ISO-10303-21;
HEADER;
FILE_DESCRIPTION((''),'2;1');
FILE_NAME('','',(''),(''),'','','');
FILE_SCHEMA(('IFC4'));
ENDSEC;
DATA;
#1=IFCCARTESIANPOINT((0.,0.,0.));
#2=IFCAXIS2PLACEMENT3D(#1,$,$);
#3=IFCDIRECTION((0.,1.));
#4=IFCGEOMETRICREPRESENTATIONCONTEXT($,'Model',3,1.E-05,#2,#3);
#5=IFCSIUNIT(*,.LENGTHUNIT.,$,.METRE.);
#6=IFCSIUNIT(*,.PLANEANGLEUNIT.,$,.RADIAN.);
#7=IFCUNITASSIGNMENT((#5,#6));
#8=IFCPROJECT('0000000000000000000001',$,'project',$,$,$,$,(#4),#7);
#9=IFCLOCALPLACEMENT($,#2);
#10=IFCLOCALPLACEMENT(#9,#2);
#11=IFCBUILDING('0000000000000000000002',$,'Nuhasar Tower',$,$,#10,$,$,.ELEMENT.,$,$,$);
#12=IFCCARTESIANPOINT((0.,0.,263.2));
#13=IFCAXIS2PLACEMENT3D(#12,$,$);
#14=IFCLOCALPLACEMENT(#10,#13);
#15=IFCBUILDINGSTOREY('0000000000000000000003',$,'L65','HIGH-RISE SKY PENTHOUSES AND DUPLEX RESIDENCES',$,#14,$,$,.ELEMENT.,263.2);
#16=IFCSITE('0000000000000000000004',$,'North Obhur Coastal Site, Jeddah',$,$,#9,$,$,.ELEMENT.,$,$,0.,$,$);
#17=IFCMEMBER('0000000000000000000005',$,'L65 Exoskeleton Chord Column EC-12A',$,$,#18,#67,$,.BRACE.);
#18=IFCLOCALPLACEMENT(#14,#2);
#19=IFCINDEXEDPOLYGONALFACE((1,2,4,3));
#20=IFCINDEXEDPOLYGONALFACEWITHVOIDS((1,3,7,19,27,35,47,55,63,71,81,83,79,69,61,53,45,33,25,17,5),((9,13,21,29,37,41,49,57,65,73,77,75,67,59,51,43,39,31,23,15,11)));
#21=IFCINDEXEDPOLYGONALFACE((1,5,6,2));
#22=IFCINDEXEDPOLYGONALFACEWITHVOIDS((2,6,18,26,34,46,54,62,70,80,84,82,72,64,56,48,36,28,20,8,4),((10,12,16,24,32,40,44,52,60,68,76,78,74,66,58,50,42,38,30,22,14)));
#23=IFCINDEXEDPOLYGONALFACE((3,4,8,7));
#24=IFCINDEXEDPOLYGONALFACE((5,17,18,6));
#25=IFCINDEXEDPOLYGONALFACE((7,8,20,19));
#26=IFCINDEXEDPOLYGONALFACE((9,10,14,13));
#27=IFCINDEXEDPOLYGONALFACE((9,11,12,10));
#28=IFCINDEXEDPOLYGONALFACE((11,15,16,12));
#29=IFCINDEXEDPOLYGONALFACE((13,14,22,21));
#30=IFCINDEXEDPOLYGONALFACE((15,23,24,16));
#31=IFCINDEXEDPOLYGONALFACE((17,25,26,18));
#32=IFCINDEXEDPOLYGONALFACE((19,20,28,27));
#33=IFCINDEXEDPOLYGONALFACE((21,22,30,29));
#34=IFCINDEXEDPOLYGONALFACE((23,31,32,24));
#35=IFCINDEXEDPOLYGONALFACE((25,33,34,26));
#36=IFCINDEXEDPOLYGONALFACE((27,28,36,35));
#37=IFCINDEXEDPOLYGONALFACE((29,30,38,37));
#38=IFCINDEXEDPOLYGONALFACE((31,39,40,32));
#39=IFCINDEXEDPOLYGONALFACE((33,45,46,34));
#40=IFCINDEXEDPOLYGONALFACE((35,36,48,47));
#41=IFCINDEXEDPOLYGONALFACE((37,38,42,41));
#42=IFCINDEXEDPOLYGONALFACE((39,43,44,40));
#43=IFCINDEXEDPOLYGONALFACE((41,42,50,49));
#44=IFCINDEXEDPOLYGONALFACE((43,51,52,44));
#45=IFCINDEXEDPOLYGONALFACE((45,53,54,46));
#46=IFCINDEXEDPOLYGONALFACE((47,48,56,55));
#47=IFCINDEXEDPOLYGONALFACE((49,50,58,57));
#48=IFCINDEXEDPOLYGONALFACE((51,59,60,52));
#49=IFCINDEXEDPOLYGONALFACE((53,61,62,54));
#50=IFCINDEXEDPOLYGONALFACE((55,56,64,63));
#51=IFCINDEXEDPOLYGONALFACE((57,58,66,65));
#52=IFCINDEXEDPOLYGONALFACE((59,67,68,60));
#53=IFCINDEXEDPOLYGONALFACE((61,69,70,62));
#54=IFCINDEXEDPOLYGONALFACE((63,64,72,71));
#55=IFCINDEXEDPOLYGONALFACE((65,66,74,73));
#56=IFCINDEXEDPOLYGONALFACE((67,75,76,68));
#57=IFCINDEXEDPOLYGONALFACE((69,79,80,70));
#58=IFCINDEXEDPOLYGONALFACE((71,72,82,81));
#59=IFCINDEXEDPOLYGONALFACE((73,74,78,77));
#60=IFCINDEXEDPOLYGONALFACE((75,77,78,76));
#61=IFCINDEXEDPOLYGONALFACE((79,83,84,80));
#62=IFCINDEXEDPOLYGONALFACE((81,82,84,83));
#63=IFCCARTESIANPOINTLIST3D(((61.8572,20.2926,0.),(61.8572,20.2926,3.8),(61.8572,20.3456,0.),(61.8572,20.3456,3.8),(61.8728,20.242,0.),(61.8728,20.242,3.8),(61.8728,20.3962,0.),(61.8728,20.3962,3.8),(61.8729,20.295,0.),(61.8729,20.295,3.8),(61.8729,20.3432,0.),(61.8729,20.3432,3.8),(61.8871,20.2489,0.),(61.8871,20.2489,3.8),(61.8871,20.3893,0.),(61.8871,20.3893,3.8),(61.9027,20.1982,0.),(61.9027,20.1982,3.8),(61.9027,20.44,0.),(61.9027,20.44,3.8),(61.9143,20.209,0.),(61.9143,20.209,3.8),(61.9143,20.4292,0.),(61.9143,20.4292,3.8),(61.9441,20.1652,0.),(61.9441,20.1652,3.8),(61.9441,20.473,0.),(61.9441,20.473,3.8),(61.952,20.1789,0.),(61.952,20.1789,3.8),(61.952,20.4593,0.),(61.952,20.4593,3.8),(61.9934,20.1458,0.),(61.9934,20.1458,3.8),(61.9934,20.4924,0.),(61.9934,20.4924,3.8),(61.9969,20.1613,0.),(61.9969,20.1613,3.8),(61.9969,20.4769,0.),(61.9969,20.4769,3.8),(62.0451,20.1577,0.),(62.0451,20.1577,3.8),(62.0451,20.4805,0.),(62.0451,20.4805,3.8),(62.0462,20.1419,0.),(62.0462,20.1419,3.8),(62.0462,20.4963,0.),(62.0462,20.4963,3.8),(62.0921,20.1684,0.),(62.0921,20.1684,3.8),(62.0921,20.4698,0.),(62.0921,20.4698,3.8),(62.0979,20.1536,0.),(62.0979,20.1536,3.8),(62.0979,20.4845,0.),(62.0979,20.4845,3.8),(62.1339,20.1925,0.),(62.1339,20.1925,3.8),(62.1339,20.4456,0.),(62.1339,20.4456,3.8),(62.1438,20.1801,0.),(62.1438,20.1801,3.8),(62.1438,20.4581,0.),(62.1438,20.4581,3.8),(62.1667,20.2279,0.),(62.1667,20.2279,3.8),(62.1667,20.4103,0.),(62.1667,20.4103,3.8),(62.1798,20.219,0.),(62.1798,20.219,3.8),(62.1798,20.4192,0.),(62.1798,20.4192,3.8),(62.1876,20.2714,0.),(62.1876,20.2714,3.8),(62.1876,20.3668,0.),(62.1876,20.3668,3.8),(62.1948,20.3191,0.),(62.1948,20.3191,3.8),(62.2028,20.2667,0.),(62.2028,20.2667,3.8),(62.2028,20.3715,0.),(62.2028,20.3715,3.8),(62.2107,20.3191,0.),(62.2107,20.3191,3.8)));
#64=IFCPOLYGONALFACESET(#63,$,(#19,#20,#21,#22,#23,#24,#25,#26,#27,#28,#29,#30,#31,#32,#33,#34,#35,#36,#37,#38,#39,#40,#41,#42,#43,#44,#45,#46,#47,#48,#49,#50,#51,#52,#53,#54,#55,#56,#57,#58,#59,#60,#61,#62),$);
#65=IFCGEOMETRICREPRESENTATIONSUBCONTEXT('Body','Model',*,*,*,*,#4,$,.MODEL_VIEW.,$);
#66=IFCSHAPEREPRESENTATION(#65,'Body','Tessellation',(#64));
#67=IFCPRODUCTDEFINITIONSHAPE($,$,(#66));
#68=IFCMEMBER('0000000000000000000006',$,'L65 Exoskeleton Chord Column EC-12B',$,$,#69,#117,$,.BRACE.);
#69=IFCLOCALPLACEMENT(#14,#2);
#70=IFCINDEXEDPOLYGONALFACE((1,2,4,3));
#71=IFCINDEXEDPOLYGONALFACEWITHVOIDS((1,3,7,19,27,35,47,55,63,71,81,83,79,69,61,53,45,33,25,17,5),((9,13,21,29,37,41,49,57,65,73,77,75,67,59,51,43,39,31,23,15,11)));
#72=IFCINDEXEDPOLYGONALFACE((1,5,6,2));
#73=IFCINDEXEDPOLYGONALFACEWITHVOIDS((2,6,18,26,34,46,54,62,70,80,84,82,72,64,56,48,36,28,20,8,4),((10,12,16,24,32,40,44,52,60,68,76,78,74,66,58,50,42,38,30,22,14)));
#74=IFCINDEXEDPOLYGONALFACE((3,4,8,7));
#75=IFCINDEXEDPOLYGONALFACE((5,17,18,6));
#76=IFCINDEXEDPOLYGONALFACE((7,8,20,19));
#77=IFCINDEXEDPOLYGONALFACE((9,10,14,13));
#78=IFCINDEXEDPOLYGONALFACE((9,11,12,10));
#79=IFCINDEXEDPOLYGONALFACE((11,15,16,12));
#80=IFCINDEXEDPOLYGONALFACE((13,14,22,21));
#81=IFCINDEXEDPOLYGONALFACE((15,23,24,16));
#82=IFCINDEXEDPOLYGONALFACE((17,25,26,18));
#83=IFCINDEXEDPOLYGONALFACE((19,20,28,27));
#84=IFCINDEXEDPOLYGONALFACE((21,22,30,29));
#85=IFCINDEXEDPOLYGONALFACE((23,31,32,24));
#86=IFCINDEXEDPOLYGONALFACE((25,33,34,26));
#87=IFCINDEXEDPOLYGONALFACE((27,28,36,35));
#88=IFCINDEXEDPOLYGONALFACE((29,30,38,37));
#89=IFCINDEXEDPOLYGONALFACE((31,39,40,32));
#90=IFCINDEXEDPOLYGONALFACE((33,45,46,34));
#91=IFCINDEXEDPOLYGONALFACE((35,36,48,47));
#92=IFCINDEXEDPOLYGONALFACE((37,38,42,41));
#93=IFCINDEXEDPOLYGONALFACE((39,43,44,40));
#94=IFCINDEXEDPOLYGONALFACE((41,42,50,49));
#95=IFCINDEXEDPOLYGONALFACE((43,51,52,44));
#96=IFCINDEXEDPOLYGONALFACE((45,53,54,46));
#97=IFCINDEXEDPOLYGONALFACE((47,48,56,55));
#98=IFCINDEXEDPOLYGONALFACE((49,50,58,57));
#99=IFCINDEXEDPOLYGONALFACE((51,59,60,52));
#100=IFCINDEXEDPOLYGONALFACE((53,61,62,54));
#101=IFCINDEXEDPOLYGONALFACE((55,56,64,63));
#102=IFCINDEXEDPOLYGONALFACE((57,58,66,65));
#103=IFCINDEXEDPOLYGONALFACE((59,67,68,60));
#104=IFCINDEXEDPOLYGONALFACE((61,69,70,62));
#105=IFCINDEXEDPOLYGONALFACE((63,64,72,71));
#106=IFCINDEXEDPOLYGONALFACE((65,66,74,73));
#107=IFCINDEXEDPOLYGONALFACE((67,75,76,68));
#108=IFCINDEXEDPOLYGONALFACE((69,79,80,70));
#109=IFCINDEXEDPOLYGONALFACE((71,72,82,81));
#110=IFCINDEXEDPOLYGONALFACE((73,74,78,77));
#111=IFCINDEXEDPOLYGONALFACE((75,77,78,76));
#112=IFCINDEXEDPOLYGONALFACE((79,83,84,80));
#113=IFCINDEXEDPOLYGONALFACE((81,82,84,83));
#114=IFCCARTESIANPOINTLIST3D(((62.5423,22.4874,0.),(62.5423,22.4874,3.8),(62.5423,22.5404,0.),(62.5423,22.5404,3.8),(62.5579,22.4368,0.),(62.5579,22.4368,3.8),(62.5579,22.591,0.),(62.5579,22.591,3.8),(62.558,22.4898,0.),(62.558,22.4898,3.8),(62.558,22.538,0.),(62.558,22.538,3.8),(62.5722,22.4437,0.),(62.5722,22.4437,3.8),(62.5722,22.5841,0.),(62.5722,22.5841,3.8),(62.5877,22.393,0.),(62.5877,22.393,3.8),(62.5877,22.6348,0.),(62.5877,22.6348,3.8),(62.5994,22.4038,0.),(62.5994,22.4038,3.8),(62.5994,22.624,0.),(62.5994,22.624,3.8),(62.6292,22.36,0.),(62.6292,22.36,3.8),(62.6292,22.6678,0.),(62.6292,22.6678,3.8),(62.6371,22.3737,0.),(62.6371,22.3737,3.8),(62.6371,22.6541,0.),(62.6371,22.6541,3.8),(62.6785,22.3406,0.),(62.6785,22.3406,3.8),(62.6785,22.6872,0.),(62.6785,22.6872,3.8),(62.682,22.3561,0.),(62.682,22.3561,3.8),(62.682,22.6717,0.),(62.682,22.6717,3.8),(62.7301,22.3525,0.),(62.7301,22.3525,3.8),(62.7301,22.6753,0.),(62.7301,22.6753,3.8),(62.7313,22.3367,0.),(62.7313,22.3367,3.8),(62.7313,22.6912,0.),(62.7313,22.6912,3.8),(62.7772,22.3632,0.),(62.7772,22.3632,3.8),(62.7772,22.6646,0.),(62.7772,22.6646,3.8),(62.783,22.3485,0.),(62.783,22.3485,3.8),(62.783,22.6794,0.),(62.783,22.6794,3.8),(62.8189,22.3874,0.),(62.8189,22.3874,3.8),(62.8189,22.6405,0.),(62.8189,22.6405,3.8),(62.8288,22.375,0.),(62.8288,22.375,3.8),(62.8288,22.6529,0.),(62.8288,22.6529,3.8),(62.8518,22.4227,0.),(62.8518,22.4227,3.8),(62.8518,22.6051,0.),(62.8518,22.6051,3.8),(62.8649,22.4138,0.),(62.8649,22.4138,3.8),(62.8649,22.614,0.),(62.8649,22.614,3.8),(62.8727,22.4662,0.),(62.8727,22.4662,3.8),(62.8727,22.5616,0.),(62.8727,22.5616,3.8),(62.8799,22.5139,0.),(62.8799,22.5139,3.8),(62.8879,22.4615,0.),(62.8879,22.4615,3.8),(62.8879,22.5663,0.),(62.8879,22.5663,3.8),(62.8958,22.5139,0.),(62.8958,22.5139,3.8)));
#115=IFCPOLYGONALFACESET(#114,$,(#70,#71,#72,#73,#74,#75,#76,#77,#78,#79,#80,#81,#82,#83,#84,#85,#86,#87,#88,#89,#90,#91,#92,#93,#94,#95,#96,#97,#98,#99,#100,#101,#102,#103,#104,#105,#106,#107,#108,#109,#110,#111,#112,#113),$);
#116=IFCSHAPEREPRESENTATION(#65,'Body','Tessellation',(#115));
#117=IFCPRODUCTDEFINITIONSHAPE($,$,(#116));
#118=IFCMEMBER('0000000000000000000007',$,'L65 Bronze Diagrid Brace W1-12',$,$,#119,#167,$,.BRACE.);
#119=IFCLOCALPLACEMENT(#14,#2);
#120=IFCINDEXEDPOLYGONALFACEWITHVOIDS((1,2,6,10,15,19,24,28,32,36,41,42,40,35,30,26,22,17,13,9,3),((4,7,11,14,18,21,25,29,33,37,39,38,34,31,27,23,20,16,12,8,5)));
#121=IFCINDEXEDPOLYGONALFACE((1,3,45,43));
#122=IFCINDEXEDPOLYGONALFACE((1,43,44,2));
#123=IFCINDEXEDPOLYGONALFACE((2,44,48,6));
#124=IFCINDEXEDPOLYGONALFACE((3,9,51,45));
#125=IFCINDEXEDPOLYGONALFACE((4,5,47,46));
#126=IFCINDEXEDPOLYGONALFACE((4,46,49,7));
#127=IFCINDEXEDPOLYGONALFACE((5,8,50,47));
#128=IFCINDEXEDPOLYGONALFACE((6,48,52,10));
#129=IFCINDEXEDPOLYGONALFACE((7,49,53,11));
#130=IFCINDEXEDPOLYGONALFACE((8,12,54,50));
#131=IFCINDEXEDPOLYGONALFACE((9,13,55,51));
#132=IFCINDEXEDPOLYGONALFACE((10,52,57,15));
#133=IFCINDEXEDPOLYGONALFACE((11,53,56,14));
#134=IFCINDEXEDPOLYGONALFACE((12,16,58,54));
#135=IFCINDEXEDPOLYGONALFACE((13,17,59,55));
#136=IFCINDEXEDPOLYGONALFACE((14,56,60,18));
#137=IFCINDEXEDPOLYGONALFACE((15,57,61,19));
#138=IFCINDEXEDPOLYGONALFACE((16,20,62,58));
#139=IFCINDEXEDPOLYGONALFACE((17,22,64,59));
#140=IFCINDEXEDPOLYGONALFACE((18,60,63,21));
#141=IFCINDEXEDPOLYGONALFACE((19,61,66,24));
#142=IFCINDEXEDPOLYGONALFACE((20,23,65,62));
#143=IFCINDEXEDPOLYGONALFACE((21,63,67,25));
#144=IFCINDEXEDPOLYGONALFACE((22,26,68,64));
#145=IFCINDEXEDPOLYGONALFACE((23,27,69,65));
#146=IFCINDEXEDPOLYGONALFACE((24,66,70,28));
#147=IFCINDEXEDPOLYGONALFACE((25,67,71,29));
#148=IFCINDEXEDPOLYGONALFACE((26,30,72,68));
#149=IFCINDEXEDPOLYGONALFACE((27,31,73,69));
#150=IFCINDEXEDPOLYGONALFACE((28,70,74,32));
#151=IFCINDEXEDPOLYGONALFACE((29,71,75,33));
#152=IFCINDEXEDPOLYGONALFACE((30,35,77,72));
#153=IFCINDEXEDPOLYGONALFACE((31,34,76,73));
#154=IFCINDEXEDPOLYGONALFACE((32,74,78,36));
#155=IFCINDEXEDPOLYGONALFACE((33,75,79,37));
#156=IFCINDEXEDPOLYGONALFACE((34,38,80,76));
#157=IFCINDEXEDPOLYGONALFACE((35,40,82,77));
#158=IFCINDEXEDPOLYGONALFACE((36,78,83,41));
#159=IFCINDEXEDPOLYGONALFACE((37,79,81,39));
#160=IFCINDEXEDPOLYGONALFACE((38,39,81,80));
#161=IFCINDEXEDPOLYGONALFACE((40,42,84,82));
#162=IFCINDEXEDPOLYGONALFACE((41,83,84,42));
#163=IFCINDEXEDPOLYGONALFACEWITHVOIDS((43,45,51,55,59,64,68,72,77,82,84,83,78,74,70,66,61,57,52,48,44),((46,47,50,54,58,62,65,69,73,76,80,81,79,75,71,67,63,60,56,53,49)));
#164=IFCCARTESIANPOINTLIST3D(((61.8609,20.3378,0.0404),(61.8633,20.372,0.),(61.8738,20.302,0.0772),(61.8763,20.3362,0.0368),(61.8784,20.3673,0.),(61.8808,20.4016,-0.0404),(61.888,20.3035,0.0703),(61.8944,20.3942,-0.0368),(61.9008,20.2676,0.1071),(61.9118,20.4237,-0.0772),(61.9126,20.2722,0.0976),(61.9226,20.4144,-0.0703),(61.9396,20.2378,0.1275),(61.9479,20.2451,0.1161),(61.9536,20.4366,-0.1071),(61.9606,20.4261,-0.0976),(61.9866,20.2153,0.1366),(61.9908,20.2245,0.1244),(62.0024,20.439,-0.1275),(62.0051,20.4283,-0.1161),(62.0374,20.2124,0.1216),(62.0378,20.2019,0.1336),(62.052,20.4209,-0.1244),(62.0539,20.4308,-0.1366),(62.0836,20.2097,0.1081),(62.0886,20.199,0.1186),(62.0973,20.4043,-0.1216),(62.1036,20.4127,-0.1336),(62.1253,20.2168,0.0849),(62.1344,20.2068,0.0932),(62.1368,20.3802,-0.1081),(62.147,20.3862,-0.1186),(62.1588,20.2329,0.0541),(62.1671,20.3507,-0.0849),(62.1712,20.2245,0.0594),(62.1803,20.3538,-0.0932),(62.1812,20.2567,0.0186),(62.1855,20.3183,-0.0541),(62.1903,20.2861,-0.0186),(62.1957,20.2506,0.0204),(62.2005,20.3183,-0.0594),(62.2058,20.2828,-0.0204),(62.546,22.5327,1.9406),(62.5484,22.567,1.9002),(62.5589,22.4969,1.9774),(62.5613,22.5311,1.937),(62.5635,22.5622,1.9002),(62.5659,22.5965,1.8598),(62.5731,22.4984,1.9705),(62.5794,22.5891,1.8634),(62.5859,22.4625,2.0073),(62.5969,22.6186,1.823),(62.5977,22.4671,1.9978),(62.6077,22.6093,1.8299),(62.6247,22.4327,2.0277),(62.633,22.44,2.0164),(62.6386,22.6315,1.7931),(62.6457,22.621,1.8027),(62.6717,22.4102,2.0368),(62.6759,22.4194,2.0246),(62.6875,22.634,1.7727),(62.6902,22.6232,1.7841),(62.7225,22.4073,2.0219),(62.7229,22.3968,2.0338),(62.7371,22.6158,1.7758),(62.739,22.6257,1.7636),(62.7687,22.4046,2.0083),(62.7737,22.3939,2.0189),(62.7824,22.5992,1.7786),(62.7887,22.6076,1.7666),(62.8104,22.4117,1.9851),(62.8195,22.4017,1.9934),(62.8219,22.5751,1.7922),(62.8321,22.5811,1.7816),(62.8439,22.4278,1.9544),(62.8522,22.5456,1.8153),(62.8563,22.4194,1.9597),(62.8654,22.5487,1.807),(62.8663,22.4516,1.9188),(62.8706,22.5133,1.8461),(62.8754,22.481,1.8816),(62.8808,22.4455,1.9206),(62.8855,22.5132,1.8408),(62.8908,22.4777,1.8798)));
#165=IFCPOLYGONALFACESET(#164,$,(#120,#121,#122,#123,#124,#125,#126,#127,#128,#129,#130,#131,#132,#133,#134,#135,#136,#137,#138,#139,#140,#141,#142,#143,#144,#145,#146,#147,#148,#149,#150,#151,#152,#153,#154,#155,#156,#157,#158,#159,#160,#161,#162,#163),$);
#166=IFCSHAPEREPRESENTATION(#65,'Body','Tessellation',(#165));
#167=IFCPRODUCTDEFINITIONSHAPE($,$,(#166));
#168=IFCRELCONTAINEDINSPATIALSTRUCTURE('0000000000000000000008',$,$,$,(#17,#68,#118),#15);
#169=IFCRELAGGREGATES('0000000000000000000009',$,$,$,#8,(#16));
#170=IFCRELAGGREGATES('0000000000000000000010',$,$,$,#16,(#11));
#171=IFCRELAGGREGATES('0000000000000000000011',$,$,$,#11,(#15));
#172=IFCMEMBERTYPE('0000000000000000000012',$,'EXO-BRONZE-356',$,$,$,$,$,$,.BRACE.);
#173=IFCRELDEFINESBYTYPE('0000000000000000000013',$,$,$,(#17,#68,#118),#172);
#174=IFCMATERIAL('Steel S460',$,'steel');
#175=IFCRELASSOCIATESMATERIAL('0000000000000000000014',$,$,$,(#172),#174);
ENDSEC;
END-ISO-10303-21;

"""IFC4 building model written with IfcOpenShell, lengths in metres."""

from ifc_helpers import new_model, si_unit, direction, frame, origin, origin_2d, place, context, subcontext, project, spatial, hollow_circle, extrude, material, material_profile, profile_set, type_object, element, save


model = new_model("IFC4")

# Units and contexts
model_context = context("Model", 3, precision=1e-05, world=origin(), true_north=direction((0.0, 1.0)))
body_context = subcontext(model_context, "Body", "Model", "MODEL_VIEW")
ifc_project = project(units=[si_unit("LENGTHUNIT", "METRE"), si_unit("PLANEANGLEUNIT", "RADIAN")], contexts=[model_context])

# Site, building, storey
site_placement = place(None, origin())
site = spatial("IfcSite", under=ifc_project, at=site_placement, Name="North Obhur Coastal Site, Jeddah", CompositionType="ELEMENT", RefElevation=0.0)
building_placement = place(site_placement, origin())
building = spatial("IfcBuilding", under=site, at=building_placement, Name="Nuhasar Tower", CompositionType="ELEMENT")
storey_placement = place(building_placement, frame((0.0, 0.0, 263.2)))
storey = spatial("IfcBuildingStorey", under=building, at=storey_placement, Name="L65", Description="HIGH-RISE SKY PENTHOUSES AND DUPLEX RESIDENCES", CompositionType="ELEMENT", Elevation=263.2)

# Members
ifc_material_1 = material(Name="Steel S460", Category="steel")
ifc_material_profile_1 = material_profile(ifc_material_1, hollow_circle(Radius=0.1777, WallThickness=0.0159, at=origin_2d()), Name="HSS355.6X15.9")
ifc_profile_set_1 = profile_set([ifc_material_profile_1], Name="Steel S460")
member_type_1 = type_object("IfcMemberType", Name="EXO-BRONZE-356", PredefinedType="BRACE", material=ifc_profile_set_1)
for number, where, z_axis, x_axis, name in (
    (1, (62.033, 20.3191, 0.0), (0.0, 0.0, 1.0), (1.0, 0.0, 0.0), "L65 Exoskeleton Chord Column EC-12A"),
    (2, (62.718, 22.5139, 0.0), (0.0, 0.0, 1.0), (1.0, 0.0, 0.0), "L65 Exoskeleton Chord Column EC-12B"),
):
    element("IfcMember", number, at=place(storey_placement, frame(where, z_axis=z_axis, x_axis=x_axis)), inside=storey, type_object=member_type_1, Name=name, PredefinedType="BRACE", context=body_context, shape_type="SweptSolid", body=[
        extrude(hollow_circle(Radius=0.1777, WallThickness=0.0159, at=origin_2d()), origin(), (0.0, 0.0, 1.0), 3.8),
    ])
member_1_placement = place(storey_placement, frame((62.033, 20.3191, 0.0), z_axis=(0.229669, 0.735826, 0.637034), x_axis=(-0.954582, 0.297948, 0.0)))
element("IfcMember", 3, at=member_1_placement, inside=storey, type_object=member_type_1, Name="L65 Bronze Diagrid Brace W1-12", PredefinedType="BRACE", context=body_context, shape_type="SweptSolid", body=[
    extrude(hollow_circle(Radius=0.1777, WallThickness=0.0159, at=origin_2d()), origin(), (0.0, 0.0, 1.0), 2.9829),
])

save(model, "model.ifc")
